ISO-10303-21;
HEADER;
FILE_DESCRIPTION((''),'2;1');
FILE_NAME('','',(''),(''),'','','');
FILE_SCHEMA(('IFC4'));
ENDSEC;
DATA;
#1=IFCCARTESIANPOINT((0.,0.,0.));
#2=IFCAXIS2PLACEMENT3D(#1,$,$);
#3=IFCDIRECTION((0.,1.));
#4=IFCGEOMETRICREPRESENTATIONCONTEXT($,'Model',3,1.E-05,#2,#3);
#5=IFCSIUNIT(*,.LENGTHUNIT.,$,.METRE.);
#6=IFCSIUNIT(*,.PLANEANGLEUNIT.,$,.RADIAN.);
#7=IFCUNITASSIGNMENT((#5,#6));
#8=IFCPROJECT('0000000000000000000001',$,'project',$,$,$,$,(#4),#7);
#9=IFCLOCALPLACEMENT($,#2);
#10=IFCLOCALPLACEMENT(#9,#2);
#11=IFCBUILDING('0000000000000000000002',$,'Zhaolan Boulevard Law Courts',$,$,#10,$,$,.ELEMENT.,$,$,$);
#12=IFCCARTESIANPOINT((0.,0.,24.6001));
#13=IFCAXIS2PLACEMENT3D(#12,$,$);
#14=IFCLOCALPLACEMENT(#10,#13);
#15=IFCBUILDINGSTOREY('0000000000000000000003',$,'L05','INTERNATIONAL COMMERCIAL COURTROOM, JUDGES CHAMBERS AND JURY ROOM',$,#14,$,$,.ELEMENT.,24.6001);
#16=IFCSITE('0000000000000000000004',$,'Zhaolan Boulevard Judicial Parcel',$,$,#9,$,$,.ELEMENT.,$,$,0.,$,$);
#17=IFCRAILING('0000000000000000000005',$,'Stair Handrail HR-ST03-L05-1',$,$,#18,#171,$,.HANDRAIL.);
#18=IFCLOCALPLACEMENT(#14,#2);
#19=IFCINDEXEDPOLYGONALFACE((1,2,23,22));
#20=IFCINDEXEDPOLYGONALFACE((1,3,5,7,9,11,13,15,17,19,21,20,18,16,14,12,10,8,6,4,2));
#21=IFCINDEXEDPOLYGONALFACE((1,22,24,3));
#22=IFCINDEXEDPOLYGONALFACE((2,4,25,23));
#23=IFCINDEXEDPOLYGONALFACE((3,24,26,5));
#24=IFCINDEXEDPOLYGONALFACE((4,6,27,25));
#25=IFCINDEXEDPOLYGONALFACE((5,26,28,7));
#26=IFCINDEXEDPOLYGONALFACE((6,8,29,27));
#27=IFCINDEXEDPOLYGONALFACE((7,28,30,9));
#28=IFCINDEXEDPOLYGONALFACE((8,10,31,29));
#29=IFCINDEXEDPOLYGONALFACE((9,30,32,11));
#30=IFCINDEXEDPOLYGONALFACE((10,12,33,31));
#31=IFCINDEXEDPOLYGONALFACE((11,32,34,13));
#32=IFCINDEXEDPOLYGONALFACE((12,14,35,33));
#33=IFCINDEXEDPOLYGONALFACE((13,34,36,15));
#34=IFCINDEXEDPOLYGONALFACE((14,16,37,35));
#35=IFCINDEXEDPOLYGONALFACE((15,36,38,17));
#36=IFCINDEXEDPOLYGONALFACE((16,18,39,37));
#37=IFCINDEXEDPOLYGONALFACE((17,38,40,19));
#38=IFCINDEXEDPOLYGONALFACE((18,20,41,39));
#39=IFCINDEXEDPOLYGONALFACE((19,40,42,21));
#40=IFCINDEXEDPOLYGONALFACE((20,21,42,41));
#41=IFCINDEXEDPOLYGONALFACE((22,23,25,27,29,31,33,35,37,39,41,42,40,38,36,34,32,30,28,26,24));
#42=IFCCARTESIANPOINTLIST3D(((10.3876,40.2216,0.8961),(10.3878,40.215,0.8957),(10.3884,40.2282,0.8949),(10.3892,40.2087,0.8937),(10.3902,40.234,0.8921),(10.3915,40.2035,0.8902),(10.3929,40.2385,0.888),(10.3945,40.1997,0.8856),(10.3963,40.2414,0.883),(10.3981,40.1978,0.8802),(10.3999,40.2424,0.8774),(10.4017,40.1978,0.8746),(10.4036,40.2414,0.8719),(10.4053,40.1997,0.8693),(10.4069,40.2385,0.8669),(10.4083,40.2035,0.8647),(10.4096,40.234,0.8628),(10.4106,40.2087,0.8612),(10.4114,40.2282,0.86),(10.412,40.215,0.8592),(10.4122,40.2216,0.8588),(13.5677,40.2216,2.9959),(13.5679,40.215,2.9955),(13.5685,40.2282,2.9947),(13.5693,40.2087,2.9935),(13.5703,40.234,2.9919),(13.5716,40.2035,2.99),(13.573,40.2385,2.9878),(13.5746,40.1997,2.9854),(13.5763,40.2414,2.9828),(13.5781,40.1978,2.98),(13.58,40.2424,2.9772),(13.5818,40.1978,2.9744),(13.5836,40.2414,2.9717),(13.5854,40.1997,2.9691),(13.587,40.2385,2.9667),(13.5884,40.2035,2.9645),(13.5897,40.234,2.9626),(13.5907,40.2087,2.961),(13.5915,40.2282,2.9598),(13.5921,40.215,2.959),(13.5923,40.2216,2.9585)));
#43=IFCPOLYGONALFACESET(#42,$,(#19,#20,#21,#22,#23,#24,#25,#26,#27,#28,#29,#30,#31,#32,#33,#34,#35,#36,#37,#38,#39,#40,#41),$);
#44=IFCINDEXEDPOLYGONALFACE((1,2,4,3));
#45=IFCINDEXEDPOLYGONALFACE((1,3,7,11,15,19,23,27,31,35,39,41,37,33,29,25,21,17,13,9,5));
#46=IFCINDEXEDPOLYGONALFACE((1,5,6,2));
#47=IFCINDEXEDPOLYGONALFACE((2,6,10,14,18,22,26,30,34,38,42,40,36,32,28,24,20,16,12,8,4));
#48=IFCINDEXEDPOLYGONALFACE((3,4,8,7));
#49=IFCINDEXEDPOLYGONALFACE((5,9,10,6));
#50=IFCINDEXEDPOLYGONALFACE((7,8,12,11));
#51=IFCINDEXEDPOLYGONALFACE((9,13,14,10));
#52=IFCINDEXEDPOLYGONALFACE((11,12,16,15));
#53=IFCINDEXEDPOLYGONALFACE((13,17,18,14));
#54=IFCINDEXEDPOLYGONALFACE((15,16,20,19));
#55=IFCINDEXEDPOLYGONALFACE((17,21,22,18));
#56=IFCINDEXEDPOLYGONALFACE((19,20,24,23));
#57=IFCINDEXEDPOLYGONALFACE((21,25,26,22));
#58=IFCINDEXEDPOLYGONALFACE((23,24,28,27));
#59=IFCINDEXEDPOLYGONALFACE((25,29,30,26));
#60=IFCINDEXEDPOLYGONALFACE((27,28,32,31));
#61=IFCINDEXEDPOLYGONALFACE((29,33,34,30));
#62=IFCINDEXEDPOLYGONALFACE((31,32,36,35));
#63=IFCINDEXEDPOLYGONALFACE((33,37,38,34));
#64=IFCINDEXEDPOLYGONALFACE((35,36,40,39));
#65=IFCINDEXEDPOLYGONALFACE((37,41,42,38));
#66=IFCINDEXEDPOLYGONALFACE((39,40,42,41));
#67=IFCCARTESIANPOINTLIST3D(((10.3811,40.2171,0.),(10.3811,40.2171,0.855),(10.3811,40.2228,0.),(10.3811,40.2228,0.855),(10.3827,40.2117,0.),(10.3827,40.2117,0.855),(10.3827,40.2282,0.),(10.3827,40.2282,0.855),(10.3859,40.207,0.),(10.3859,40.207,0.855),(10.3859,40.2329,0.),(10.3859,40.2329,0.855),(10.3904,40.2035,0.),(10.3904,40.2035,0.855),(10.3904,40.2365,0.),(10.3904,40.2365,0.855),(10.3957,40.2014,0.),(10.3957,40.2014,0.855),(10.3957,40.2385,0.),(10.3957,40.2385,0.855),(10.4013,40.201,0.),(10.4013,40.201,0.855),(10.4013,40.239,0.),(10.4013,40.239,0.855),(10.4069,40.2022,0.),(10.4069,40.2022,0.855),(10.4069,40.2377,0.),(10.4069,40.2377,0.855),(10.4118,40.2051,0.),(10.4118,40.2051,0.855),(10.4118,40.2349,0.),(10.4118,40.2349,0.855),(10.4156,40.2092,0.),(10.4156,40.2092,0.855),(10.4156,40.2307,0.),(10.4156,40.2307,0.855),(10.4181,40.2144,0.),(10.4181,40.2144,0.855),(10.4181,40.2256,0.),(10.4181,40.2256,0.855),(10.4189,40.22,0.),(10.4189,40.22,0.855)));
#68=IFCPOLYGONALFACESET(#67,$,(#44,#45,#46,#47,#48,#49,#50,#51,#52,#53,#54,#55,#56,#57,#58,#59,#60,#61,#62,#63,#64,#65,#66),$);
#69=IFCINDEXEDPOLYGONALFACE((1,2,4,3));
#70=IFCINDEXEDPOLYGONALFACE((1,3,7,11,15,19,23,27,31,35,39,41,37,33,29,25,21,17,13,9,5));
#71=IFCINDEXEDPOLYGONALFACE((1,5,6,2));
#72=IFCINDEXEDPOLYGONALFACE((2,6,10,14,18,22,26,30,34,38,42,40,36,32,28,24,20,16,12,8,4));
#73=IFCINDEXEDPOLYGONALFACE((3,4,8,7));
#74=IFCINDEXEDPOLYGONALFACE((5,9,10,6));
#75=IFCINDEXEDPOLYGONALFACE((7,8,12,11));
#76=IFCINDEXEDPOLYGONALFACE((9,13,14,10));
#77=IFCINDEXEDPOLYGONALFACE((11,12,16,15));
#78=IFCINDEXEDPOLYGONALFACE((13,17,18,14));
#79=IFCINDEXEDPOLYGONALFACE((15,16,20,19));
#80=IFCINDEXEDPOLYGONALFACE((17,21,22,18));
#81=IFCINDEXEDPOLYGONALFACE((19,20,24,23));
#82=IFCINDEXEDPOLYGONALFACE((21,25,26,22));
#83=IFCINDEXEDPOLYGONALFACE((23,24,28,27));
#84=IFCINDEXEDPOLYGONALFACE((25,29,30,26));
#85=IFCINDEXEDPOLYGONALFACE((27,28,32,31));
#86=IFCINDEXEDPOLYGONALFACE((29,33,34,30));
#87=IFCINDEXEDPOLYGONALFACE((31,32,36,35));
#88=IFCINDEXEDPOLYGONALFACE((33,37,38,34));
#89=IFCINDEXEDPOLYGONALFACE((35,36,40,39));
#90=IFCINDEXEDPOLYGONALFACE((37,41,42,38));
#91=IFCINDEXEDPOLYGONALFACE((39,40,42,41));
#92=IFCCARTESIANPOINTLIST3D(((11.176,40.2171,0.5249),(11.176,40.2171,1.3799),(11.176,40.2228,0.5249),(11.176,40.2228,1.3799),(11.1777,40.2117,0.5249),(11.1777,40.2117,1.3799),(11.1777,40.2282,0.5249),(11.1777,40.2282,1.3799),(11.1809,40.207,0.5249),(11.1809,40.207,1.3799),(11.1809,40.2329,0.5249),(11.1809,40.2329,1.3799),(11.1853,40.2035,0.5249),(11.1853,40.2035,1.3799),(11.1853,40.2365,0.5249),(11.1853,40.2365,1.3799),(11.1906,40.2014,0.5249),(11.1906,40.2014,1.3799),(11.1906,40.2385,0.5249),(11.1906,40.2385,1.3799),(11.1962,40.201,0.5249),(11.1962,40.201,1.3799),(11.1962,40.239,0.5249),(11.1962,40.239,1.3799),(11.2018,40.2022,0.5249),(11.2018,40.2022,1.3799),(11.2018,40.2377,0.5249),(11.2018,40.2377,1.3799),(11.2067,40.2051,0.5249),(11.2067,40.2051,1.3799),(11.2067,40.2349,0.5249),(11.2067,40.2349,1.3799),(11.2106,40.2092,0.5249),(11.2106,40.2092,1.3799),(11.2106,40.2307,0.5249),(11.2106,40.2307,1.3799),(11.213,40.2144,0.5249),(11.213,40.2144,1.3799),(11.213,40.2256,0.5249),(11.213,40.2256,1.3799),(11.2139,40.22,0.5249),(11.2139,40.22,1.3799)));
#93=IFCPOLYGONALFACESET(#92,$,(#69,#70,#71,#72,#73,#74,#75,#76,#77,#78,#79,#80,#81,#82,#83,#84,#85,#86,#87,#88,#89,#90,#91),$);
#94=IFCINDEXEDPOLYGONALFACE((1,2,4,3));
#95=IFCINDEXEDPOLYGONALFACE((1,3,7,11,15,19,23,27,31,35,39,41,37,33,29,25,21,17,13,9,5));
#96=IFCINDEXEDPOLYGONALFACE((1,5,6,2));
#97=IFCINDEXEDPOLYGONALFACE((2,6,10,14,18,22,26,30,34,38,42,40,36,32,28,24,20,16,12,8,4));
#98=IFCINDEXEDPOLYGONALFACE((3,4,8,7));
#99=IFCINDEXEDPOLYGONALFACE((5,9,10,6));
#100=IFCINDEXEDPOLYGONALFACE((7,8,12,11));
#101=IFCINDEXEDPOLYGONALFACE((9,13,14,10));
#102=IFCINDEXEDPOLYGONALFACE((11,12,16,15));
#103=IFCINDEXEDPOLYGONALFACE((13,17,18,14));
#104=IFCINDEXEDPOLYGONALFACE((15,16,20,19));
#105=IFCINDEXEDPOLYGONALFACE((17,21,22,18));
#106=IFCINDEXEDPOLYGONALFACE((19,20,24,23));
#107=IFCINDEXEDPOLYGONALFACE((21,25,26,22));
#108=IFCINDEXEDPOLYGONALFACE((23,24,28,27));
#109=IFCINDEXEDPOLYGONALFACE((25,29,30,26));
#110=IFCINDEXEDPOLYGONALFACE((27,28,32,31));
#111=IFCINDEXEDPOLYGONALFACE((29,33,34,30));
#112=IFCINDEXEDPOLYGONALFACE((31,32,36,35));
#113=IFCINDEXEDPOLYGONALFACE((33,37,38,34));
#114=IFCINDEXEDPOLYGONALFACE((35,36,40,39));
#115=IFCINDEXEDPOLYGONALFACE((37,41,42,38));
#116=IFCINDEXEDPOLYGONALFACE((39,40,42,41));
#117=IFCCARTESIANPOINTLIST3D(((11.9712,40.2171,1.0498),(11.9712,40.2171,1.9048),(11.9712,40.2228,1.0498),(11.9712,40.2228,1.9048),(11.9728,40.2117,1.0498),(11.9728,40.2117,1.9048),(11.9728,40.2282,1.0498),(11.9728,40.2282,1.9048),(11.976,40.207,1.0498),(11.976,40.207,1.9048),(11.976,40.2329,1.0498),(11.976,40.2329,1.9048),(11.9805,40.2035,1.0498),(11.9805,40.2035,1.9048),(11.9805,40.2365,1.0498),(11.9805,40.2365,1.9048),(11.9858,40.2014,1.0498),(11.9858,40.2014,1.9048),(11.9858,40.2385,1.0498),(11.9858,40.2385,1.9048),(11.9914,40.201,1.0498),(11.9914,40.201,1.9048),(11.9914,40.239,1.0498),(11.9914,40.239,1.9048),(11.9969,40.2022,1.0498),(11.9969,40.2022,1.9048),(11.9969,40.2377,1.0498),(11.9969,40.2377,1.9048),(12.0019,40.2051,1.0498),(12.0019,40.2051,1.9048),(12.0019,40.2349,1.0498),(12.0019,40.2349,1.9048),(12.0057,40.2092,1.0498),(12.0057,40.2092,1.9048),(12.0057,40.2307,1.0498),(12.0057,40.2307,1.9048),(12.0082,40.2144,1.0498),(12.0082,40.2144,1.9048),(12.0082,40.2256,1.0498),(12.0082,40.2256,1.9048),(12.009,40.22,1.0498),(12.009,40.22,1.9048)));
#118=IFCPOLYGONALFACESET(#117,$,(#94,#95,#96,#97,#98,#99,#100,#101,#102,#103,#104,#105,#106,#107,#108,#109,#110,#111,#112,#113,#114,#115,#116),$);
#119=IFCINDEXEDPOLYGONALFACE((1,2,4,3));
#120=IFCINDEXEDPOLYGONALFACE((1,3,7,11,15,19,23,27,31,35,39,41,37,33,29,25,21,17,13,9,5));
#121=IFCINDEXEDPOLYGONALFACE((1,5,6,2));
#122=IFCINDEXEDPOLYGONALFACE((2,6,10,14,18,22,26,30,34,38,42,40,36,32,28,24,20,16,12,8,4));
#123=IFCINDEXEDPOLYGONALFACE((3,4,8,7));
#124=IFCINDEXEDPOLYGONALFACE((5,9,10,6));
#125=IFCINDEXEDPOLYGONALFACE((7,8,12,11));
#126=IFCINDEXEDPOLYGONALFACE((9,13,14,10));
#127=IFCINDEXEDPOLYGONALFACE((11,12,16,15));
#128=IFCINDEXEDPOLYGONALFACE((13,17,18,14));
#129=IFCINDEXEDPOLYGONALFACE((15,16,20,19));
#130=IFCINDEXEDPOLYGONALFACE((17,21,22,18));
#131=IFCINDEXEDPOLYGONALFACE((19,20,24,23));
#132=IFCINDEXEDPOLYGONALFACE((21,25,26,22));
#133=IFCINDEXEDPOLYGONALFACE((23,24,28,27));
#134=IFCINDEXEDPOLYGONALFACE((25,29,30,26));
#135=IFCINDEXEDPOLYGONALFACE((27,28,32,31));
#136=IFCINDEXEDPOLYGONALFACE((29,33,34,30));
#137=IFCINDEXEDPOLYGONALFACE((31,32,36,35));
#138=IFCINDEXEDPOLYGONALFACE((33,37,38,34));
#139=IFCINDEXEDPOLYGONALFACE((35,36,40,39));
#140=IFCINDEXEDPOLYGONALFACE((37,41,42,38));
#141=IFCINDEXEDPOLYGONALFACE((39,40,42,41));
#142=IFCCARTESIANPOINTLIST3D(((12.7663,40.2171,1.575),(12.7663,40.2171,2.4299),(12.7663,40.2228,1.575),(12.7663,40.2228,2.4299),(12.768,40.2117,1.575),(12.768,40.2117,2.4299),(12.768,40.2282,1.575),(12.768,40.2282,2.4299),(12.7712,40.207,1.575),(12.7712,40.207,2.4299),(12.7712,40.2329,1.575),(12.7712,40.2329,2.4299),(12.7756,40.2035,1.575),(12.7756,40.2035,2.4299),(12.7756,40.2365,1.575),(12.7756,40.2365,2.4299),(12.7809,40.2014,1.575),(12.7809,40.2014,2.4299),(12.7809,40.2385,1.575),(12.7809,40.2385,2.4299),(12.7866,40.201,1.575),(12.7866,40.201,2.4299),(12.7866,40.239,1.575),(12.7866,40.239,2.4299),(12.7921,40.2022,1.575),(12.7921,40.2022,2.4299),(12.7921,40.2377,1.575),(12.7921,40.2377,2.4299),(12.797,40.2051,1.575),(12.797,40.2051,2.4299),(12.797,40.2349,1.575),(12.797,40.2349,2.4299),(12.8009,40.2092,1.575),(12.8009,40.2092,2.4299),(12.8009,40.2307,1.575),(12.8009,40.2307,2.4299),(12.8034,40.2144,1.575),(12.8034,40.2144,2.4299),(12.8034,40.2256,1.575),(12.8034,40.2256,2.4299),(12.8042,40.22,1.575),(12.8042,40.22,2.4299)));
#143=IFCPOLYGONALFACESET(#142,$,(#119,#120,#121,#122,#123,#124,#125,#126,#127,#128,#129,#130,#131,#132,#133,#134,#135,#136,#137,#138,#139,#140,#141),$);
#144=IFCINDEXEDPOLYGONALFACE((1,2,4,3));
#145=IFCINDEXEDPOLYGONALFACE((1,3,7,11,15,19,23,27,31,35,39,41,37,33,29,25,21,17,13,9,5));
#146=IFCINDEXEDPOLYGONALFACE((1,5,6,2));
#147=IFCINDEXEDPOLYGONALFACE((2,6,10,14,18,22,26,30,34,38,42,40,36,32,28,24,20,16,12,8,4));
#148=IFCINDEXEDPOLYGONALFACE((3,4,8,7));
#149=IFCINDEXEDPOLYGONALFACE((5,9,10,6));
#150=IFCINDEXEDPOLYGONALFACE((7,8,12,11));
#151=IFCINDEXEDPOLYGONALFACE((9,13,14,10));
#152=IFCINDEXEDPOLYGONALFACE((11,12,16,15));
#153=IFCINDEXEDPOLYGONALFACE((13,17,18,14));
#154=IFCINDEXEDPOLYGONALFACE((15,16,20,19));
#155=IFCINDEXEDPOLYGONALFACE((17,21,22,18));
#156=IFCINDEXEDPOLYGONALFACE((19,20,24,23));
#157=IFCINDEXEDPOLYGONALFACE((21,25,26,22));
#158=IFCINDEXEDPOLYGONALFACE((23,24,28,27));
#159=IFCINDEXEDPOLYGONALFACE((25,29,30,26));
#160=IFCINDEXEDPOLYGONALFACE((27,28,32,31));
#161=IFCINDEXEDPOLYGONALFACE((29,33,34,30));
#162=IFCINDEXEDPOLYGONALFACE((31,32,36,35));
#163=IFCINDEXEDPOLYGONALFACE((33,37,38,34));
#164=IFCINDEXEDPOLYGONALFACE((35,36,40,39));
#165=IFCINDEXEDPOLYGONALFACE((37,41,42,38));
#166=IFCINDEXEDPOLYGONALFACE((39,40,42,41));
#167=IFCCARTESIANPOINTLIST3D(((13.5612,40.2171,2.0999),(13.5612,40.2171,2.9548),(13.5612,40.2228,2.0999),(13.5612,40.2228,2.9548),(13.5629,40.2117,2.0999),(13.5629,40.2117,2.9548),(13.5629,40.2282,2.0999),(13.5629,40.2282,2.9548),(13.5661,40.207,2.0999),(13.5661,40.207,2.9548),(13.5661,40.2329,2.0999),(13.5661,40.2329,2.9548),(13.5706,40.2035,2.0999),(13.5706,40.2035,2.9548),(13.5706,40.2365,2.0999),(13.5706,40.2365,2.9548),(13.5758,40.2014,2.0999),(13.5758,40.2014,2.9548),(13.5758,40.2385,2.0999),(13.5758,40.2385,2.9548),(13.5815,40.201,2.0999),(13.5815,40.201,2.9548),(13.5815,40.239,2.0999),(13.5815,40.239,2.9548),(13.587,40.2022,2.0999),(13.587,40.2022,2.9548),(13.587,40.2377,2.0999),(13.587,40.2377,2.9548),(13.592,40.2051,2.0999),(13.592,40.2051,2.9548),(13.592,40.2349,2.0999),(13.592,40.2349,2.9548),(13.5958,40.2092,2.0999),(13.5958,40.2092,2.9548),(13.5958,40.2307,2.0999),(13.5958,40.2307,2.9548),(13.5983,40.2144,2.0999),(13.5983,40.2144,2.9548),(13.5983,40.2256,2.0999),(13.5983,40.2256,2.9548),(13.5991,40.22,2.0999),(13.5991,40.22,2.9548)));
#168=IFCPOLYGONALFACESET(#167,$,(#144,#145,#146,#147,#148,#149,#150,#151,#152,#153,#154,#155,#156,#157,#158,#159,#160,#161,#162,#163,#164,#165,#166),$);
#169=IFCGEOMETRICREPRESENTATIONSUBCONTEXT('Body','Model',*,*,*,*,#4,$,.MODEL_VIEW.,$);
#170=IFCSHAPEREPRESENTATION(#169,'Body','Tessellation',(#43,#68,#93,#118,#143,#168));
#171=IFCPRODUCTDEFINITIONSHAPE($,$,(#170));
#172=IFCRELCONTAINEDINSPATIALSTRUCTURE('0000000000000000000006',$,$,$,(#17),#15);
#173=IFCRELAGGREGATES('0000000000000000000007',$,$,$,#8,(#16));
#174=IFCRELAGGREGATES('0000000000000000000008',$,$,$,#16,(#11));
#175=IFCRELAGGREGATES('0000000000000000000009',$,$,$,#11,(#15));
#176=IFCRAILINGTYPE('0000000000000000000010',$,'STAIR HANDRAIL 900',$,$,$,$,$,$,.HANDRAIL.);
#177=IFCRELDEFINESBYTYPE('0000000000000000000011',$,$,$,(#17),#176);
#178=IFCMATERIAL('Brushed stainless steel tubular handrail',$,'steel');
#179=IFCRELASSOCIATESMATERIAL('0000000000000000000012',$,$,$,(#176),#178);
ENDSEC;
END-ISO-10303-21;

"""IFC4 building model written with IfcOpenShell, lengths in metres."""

from ifc_helpers import new_model, si_unit, direction, frame, origin, origin_2d, place, context, subcontext, project, spatial, circle, extrude, material, type_object, element, save


model = new_model("IFC4")

# Units and contexts
model_context = context("Model", 3, precision=1e-05, world=origin(), true_north=direction((0.0, 1.0)))
body_context = subcontext(model_context, "Body", "Model", "MODEL_VIEW")
ifc_project = project(units=[si_unit("LENGTHUNIT", "METRE"), si_unit("PLANEANGLEUNIT", "RADIAN")], contexts=[model_context])

# Site, building, storey
site_placement = place(None, origin())
site = spatial("IfcSite", under=ifc_project, at=site_placement, Name="Zhaolan Boulevard Judicial Parcel", CompositionType="ELEMENT", RefElevation=0.0)
building_placement = place(site_placement, origin())
building = spatial("IfcBuilding", under=site, at=building_placement, Name="Zhaolan Boulevard Law Courts", CompositionType="ELEMENT")
storey_placement = place(building_placement, frame((0.0, 0.0, 24.6001)))
storey = spatial("IfcBuildingStorey", under=building, at=storey_placement, Name="L05", Description="INTERNATIONAL COMMERCIAL COURTROOM, JUDGES CHAMBERS AND JURY ROOM", CompositionType="ELEMENT", Elevation=24.6001)

# Railing
ifc_material_1 = material(Name="Brushed stainless steel tubular handrail", Category="steel")
railing_type_1 = type_object("IfcRailingType", Name="STAIR HANDRAIL 900", PredefinedType="HANDRAIL", material=ifc_material_1)
railing_1_placement = place(storey_placement, frame((10.3999, 40.22, 0.0)))
element("IfcRailing", 1, at=railing_1_placement, inside=storey, type_object=railing_type_1, Name="Stair Handrail HR-ST03-L05-1", PredefinedType="HANDRAIL", context=body_context, shape_type="SweptSolid", body=[
    extrude(circle(Radius=0.0225, at=origin_2d()), frame((0.0, 0.0, 0.8774), z_axis=(0.834496, 0.0, 0.551014), x_axis=(0.0, 1.0, 0.0)), (0.0, 0.0, 1.0), 3.8108),
    extrude(circle(Radius=0.019, at=origin_2d()), origin(), (0.0, 0.0, 1.0), 0.855),
    extrude(circle(Radius=0.019, at=origin_2d()), frame((0.7949, 0.0, 0.5249)), (0.0, 0.0, 1.0), 0.855),
    extrude(circle(Radius=0.019, at=origin_2d()), frame((1.5901, 0.0, 1.0498)), (0.0, 0.0, 1.0), 0.855),
    extrude(circle(Radius=0.019, at=origin_2d()), frame((2.3853, 0.0, 1.575)), (0.0, 0.0, 1.0), 0.855),
    extrude(circle(Radius=0.019, at=origin_2d()), frame((3.1802, 0.0, 2.0999)), (0.0, 0.0, 1.0), 0.855),
])

save(model, "model.ifc")
